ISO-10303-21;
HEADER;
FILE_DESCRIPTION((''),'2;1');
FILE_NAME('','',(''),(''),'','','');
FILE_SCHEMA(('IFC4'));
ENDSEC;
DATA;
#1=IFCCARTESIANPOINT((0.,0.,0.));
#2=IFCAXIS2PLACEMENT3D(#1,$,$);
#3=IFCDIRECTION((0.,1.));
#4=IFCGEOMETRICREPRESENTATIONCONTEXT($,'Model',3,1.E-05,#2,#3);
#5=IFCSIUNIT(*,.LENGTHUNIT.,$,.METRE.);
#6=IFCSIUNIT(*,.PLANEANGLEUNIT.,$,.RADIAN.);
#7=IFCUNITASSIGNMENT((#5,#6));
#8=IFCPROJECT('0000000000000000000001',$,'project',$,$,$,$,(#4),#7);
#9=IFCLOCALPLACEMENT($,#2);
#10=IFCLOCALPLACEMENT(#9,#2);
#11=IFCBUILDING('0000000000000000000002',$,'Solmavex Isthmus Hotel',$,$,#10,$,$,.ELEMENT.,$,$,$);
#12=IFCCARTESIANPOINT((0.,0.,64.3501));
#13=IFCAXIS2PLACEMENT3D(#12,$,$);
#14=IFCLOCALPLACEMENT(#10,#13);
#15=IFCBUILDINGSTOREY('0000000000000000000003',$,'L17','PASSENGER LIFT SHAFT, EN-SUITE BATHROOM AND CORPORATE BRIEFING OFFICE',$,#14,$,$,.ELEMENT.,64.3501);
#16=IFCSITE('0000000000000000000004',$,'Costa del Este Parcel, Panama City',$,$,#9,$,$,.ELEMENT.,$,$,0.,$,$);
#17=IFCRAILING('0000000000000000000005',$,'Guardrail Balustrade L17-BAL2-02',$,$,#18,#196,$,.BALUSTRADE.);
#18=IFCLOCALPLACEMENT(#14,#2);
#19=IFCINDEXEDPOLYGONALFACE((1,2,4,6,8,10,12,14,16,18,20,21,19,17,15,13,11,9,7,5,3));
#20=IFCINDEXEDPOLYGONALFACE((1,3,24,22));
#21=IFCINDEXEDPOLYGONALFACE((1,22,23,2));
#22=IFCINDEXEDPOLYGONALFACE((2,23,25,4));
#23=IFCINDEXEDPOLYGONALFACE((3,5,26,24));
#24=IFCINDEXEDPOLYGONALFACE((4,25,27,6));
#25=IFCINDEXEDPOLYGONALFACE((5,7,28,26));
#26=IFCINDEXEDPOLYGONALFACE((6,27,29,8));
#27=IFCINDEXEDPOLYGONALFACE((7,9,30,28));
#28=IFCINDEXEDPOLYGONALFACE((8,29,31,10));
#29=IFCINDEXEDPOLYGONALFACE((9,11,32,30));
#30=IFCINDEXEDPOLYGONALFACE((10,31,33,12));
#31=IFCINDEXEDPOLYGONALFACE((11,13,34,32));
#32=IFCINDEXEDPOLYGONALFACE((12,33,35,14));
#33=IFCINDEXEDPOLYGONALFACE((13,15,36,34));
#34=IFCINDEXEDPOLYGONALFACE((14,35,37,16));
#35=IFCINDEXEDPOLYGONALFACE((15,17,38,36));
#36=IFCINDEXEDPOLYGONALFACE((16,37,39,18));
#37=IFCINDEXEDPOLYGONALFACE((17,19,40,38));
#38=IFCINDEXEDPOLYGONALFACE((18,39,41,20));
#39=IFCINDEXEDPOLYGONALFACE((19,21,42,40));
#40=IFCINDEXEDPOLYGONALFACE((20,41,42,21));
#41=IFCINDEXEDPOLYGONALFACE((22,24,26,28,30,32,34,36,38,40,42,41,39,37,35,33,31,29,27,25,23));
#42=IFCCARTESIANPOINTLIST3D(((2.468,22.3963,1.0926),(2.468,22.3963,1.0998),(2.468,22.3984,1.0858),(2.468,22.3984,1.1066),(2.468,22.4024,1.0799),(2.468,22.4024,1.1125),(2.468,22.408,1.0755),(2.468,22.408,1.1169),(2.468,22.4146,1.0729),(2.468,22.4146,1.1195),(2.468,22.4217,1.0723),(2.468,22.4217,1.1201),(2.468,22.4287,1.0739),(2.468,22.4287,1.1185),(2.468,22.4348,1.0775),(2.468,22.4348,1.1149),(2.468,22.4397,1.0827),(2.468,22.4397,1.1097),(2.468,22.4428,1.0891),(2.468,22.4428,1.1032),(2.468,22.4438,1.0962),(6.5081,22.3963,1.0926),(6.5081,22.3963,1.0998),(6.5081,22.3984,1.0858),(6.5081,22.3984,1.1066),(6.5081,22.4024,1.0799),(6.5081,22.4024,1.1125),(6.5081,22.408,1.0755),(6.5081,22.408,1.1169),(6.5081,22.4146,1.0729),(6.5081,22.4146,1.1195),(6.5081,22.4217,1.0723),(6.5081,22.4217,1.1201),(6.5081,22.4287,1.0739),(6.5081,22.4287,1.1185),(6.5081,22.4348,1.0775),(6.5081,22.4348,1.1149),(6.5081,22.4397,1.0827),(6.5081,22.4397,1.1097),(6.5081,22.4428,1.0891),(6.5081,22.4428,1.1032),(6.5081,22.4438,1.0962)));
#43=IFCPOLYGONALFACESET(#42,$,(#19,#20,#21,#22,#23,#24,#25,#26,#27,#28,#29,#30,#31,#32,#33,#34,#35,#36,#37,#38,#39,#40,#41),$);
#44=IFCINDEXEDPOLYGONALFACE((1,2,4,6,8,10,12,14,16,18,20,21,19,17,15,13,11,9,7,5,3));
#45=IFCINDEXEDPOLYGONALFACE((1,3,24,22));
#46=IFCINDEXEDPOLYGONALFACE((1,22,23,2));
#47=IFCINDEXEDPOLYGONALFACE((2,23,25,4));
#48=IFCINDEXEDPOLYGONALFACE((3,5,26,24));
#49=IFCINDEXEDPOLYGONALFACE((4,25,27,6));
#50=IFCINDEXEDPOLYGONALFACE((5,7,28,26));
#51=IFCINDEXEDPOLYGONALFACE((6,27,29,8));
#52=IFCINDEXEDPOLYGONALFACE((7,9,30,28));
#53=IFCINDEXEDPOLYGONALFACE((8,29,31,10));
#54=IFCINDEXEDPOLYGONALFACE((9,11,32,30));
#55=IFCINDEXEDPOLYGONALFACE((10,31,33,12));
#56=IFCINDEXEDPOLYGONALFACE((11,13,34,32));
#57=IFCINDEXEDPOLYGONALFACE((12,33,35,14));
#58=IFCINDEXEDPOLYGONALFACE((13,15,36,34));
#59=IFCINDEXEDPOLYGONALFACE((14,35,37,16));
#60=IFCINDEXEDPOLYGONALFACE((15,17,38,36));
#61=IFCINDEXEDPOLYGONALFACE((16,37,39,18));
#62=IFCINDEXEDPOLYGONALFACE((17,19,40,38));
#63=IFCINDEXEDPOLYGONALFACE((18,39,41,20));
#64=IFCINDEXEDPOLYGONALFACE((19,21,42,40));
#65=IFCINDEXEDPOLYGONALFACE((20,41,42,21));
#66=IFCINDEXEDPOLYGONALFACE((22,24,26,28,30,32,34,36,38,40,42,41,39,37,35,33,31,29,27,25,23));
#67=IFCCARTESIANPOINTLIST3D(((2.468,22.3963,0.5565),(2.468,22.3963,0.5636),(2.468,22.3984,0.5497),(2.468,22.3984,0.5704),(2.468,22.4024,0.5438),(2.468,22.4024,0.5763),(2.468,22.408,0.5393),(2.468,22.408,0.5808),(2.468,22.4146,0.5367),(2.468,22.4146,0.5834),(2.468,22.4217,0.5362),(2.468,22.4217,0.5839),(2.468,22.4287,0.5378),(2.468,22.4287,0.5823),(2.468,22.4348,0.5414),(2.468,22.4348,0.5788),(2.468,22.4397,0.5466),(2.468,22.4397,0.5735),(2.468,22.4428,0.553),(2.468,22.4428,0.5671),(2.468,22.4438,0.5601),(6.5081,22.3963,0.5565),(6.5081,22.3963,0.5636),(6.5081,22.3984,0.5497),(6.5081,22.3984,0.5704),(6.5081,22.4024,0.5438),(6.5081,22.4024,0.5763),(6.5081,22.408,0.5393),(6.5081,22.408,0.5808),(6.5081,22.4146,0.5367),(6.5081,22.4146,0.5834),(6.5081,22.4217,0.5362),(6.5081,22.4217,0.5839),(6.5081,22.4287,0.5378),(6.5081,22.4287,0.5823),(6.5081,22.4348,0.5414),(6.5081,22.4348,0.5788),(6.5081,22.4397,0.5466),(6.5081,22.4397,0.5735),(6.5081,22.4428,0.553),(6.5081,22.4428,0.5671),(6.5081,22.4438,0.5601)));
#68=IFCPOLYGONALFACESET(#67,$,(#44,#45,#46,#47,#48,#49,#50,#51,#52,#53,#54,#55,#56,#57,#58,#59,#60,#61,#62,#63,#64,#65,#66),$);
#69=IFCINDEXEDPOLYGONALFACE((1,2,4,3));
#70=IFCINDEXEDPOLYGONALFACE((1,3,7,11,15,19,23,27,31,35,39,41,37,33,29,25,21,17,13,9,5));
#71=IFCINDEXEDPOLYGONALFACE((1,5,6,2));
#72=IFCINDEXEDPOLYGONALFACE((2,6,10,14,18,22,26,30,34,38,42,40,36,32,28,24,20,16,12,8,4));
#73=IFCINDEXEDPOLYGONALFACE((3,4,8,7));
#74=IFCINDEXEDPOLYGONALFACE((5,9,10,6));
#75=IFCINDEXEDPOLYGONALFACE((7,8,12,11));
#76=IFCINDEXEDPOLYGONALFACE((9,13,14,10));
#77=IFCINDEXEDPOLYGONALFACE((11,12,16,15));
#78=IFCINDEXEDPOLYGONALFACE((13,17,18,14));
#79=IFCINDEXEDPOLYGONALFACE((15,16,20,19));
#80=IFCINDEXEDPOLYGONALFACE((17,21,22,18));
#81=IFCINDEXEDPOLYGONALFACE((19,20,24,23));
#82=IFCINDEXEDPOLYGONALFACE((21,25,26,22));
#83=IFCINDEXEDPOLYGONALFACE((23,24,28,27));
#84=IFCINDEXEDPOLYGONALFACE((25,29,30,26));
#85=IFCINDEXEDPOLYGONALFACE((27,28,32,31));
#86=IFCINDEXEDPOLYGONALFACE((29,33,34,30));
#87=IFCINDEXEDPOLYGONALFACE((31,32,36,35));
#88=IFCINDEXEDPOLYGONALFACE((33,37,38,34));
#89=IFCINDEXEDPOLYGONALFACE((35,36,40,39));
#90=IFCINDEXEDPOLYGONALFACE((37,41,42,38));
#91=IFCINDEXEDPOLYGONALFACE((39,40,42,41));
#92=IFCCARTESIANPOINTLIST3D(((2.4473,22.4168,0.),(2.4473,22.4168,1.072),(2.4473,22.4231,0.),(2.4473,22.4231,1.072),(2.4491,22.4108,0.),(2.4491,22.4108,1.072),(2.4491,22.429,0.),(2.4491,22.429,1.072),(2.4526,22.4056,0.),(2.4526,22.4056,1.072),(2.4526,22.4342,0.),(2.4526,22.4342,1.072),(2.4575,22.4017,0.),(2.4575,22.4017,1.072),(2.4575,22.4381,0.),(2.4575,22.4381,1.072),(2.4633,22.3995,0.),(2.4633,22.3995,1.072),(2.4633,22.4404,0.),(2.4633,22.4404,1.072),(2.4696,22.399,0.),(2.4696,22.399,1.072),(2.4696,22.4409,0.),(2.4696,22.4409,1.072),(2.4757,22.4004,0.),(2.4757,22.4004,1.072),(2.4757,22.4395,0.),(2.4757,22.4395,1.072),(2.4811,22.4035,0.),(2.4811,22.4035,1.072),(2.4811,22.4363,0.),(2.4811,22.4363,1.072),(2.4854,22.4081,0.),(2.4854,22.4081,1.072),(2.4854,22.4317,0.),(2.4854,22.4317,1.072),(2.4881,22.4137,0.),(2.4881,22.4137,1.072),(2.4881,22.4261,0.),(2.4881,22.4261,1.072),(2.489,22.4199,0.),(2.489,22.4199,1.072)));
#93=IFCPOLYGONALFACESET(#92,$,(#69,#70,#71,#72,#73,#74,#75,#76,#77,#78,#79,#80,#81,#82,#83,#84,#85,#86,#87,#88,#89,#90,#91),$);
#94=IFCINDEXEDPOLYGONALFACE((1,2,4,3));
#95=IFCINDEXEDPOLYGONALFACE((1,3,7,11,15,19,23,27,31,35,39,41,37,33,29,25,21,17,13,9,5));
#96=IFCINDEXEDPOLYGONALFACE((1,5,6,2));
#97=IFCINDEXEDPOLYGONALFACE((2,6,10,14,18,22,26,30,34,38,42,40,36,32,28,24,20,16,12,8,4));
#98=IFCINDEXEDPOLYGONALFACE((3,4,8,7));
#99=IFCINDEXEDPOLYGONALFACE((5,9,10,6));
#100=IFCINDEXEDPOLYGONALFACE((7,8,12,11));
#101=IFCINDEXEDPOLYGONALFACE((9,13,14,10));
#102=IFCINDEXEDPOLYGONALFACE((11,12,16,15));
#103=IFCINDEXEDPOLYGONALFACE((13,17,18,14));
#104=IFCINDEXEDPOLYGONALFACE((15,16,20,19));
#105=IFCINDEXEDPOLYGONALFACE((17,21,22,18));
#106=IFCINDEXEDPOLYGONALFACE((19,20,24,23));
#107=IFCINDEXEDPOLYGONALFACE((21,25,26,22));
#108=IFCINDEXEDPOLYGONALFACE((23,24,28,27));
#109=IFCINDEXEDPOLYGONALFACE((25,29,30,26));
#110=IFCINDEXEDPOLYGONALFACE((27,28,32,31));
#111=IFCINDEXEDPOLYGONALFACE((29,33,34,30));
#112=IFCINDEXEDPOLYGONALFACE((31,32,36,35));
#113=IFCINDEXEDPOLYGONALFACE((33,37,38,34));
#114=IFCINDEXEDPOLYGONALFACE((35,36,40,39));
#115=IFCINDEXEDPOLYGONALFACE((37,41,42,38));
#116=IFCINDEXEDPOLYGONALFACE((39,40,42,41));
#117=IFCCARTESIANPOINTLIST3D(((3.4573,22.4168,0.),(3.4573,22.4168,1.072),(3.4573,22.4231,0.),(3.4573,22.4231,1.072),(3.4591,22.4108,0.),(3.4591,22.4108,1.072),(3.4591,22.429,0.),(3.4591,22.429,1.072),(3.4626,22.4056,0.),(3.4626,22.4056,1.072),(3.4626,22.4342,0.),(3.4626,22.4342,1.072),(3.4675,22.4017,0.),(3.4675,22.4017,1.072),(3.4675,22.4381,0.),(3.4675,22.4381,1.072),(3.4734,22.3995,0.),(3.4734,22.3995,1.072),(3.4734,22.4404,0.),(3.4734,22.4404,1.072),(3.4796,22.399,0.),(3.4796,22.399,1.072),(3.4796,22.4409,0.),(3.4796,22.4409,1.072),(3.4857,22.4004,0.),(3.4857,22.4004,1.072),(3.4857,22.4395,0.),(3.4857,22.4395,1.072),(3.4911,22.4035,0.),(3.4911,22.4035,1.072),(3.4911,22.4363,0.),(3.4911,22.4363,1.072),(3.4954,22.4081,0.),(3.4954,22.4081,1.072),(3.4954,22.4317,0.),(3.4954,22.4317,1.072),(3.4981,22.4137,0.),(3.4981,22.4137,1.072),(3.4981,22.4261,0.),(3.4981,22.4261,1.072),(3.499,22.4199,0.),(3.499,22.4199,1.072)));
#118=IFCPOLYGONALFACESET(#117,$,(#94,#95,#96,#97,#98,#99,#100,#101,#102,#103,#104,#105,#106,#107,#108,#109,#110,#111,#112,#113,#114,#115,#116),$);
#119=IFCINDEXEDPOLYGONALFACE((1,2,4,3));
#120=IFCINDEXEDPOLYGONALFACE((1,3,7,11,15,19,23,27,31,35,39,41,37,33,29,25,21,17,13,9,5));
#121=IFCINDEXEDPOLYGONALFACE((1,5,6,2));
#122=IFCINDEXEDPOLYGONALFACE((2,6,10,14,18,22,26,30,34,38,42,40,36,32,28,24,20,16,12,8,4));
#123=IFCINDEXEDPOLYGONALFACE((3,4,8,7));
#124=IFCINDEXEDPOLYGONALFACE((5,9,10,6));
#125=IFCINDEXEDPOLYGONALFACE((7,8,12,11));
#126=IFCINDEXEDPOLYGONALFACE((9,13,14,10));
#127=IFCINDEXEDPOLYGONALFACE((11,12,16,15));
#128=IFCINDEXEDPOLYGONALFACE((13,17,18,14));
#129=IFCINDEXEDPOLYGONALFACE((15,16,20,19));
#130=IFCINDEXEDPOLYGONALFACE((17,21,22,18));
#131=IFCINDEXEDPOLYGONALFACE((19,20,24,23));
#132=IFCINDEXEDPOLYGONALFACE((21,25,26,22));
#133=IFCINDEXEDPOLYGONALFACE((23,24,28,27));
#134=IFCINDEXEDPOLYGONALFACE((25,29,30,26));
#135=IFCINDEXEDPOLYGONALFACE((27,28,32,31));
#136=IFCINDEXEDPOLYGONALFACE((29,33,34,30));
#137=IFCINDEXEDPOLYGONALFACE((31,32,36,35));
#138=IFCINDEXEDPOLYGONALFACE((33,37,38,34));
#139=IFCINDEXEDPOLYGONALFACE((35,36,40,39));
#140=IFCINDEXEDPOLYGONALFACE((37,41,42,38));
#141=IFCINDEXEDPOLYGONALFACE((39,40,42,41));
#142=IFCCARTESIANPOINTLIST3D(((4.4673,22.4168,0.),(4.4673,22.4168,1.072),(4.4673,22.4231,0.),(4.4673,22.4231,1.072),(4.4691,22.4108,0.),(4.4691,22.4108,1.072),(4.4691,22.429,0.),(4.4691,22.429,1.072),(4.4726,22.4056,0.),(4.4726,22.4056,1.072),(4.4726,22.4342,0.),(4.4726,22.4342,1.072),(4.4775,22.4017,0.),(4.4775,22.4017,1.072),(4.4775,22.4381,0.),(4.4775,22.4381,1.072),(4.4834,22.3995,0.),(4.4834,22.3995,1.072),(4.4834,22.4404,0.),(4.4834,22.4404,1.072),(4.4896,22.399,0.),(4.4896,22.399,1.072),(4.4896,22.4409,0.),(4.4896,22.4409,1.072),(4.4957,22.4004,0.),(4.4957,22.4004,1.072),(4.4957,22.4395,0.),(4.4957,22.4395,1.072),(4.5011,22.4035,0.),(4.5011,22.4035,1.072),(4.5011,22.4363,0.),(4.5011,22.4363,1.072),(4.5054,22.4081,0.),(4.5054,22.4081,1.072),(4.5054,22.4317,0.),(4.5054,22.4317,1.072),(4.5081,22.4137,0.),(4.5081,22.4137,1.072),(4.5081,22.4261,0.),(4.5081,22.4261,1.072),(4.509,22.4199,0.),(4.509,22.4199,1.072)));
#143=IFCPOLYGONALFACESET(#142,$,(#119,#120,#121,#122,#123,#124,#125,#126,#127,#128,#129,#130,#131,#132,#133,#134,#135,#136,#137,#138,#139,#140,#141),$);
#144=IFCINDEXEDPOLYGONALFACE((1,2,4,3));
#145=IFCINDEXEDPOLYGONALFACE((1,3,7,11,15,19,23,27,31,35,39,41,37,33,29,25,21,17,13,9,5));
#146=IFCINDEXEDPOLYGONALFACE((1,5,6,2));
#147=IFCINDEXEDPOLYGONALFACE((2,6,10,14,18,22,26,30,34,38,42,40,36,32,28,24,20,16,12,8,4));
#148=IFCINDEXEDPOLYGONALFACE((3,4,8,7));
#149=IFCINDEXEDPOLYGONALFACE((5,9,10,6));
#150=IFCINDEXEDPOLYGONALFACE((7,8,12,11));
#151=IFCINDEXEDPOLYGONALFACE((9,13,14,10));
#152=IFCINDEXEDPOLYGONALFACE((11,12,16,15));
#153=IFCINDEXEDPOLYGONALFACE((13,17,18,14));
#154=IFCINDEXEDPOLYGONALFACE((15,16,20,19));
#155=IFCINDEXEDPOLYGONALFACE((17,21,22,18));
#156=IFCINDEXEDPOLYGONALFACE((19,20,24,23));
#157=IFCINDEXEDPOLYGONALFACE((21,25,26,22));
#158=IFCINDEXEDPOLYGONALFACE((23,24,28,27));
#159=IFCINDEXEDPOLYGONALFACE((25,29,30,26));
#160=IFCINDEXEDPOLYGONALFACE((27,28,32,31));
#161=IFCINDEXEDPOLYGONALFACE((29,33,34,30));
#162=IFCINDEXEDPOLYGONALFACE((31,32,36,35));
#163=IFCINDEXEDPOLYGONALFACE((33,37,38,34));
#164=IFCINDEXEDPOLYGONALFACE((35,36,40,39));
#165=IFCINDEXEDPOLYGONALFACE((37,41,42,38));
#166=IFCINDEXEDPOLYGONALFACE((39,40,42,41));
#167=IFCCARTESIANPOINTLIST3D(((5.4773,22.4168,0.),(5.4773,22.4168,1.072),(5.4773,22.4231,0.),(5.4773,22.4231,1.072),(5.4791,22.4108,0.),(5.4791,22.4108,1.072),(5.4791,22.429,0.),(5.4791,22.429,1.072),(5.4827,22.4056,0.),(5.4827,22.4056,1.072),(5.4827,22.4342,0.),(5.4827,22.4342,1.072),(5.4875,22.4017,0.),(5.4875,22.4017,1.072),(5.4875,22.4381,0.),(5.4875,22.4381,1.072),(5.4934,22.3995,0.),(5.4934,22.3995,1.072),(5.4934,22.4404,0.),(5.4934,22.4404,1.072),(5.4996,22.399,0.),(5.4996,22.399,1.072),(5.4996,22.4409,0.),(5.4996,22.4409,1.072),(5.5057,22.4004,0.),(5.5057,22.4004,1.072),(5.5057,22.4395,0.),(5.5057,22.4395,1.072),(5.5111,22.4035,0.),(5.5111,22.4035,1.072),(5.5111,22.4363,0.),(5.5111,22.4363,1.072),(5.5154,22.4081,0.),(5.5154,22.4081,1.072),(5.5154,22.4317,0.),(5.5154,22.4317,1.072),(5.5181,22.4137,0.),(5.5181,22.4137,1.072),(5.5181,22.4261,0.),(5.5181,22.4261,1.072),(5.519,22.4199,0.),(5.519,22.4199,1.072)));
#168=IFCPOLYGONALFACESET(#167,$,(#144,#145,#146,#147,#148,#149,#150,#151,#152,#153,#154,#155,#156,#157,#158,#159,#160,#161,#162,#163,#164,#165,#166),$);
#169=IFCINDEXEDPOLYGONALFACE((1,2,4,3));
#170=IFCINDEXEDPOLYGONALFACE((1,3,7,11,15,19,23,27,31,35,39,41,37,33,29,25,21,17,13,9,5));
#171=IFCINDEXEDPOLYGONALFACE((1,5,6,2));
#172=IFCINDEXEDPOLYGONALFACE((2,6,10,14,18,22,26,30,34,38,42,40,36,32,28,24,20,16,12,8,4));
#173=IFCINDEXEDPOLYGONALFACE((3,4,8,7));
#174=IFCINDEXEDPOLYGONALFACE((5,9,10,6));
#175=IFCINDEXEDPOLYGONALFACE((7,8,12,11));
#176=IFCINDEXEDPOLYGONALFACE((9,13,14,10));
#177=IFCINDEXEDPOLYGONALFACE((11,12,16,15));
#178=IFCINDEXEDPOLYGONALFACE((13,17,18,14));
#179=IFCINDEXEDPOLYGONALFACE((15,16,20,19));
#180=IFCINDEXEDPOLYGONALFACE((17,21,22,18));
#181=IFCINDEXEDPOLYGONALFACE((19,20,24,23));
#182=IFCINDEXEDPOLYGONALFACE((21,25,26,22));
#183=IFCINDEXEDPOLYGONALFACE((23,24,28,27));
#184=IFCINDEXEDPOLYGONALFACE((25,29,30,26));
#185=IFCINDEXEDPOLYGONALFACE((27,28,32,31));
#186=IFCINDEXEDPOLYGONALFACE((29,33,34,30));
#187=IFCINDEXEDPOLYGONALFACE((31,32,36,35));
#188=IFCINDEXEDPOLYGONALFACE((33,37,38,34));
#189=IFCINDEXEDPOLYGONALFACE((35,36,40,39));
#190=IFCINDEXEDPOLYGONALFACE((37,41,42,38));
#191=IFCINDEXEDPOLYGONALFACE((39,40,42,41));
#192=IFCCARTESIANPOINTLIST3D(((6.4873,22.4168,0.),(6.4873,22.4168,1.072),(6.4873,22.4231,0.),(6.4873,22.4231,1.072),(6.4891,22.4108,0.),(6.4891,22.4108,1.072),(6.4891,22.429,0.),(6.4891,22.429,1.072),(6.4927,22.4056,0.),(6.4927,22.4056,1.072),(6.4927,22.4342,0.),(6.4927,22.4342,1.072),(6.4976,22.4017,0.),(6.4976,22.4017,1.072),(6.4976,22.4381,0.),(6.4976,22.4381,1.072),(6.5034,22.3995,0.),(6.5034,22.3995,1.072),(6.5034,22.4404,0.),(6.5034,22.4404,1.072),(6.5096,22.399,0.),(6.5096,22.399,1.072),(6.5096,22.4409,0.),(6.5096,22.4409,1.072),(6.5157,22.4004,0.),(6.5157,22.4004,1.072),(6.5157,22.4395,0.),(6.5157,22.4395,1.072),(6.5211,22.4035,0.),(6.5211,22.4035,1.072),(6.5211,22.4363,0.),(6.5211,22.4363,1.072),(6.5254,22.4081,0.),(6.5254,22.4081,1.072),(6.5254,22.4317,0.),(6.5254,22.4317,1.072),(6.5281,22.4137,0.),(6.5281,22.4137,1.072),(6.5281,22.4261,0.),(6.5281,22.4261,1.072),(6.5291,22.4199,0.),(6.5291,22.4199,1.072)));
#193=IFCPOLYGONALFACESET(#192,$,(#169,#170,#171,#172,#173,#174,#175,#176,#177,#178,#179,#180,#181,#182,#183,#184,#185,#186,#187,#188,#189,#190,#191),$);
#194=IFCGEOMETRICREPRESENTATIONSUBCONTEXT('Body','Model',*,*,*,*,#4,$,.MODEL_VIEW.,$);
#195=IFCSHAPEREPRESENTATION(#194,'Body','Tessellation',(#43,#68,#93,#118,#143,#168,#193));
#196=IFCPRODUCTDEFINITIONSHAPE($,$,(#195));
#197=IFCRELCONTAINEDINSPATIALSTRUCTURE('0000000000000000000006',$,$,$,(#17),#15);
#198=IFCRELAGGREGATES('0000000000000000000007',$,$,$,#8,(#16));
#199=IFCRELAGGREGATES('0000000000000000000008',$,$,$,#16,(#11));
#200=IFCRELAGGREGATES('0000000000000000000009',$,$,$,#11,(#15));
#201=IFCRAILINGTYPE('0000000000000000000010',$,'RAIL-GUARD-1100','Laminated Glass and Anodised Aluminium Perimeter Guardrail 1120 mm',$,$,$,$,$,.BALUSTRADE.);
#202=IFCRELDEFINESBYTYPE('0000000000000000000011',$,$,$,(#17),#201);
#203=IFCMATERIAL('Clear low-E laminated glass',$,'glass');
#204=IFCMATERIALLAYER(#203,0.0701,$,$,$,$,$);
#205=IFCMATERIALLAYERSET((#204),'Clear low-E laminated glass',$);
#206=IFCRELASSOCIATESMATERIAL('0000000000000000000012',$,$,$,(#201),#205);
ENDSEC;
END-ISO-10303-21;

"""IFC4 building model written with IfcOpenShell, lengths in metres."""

from ifc_helpers import new_model, si_unit, direction, frame, origin, origin_2d, place, context, subcontext, project, spatial, circle, extrude, material, layer, layer_set, type_object, element, save


model = new_model("IFC4")

# Units and contexts
model_context = context("Model", 3, precision=1e-05, world=origin(), true_north=direction((0.0, 1.0)))
body_context = subcontext(model_context, "Body", "Model", "MODEL_VIEW")
ifc_project = project(units=[si_unit("LENGTHUNIT", "METRE"), si_unit("PLANEANGLEUNIT", "RADIAN")], contexts=[model_context])

# Site, building, storey
site_placement = place(None, origin())
site = spatial("IfcSite", under=ifc_project, at=site_placement, Name="Costa del Este Parcel, Panama City", CompositionType="ELEMENT", RefElevation=0.0)
building_placement = place(site_placement, origin())
building = spatial("IfcBuilding", under=site, at=building_placement, Name="Solmavex Isthmus Hotel", CompositionType="ELEMENT")
storey_placement = place(building_placement, frame((0.0, 0.0, 64.3501)))
storey = spatial("IfcBuildingStorey", under=building, at=storey_placement, Name="L17", Description="PASSENGER LIFT SHAFT, EN-SUITE BATHROOM AND CORPORATE BRIEFING OFFICE", CompositionType="ELEMENT", Elevation=64.3501)

# Shared definitions
ifc_material_1 = material(Name="Clear low-E laminated glass", Category="glass")

# Railing
ifc_layer_1 = layer(ifc_material_1, 0.0701)
ifc_layer_set_1 = layer_set([ifc_layer_1], Name="Clear low-E laminated glass")
railing_type = type_object("IfcRailingType", Name="RAIL-GUARD-1100", Description="Laminated Glass and Anodised Aluminium Perimeter Guardrail 1120 mm", PredefinedType="BALUSTRADE", material=ifc_layer_set_1)
railing_1_placement = place(storey_placement, frame((2.468, 22.4199, 0.0)))
element("IfcRailing", 1, at=railing_1_placement, inside=storey, type_object=railing_type, Name="Guardrail Balustrade L17-BAL2-02", PredefinedType="BALUSTRADE", context=body_context, shape_type="SweptSolid", body=[
    extrude(circle(Radius=0.0239, at=origin_2d()), frame((0.0, 0.0, 1.0962), z_axis=(1.0, 0.0, 0.0), x_axis=(0.0, 1.0, 0.0)), (0.0, 0.0, 1.0), 4.04),
    extrude(circle(Radius=0.0239, at=origin_2d()), frame((0.0, 0.0, 0.5601), z_axis=(1.0, 0.0, 0.0), x_axis=(0.0, 1.0, 0.0)), (0.0, 0.0, 1.0), 4.04),
    extrude(circle(Radius=0.021, at=origin_2d()), origin(), (0.0, 0.0, 1.0), 1.072),
    extrude(circle(Radius=0.021, at=origin_2d()), frame((1.01, 0.0, 0.0)), (0.0, 0.0, 1.0), 1.072),
    extrude(circle(Radius=0.021, at=origin_2d()), frame((2.02, 0.0, 0.0)), (0.0, 0.0, 1.0), 1.072),
    extrude(circle(Radius=0.021, at=origin_2d()), frame((3.03, 0.0, 0.0)), (0.0, 0.0, 1.0), 1.072),
    extrude(circle(Radius=0.021, at=origin_2d()), frame((4.04, 0.0, 0.0)), (0.0, 0.0, 1.0), 1.072),
])

save(model, "model.ifc")
